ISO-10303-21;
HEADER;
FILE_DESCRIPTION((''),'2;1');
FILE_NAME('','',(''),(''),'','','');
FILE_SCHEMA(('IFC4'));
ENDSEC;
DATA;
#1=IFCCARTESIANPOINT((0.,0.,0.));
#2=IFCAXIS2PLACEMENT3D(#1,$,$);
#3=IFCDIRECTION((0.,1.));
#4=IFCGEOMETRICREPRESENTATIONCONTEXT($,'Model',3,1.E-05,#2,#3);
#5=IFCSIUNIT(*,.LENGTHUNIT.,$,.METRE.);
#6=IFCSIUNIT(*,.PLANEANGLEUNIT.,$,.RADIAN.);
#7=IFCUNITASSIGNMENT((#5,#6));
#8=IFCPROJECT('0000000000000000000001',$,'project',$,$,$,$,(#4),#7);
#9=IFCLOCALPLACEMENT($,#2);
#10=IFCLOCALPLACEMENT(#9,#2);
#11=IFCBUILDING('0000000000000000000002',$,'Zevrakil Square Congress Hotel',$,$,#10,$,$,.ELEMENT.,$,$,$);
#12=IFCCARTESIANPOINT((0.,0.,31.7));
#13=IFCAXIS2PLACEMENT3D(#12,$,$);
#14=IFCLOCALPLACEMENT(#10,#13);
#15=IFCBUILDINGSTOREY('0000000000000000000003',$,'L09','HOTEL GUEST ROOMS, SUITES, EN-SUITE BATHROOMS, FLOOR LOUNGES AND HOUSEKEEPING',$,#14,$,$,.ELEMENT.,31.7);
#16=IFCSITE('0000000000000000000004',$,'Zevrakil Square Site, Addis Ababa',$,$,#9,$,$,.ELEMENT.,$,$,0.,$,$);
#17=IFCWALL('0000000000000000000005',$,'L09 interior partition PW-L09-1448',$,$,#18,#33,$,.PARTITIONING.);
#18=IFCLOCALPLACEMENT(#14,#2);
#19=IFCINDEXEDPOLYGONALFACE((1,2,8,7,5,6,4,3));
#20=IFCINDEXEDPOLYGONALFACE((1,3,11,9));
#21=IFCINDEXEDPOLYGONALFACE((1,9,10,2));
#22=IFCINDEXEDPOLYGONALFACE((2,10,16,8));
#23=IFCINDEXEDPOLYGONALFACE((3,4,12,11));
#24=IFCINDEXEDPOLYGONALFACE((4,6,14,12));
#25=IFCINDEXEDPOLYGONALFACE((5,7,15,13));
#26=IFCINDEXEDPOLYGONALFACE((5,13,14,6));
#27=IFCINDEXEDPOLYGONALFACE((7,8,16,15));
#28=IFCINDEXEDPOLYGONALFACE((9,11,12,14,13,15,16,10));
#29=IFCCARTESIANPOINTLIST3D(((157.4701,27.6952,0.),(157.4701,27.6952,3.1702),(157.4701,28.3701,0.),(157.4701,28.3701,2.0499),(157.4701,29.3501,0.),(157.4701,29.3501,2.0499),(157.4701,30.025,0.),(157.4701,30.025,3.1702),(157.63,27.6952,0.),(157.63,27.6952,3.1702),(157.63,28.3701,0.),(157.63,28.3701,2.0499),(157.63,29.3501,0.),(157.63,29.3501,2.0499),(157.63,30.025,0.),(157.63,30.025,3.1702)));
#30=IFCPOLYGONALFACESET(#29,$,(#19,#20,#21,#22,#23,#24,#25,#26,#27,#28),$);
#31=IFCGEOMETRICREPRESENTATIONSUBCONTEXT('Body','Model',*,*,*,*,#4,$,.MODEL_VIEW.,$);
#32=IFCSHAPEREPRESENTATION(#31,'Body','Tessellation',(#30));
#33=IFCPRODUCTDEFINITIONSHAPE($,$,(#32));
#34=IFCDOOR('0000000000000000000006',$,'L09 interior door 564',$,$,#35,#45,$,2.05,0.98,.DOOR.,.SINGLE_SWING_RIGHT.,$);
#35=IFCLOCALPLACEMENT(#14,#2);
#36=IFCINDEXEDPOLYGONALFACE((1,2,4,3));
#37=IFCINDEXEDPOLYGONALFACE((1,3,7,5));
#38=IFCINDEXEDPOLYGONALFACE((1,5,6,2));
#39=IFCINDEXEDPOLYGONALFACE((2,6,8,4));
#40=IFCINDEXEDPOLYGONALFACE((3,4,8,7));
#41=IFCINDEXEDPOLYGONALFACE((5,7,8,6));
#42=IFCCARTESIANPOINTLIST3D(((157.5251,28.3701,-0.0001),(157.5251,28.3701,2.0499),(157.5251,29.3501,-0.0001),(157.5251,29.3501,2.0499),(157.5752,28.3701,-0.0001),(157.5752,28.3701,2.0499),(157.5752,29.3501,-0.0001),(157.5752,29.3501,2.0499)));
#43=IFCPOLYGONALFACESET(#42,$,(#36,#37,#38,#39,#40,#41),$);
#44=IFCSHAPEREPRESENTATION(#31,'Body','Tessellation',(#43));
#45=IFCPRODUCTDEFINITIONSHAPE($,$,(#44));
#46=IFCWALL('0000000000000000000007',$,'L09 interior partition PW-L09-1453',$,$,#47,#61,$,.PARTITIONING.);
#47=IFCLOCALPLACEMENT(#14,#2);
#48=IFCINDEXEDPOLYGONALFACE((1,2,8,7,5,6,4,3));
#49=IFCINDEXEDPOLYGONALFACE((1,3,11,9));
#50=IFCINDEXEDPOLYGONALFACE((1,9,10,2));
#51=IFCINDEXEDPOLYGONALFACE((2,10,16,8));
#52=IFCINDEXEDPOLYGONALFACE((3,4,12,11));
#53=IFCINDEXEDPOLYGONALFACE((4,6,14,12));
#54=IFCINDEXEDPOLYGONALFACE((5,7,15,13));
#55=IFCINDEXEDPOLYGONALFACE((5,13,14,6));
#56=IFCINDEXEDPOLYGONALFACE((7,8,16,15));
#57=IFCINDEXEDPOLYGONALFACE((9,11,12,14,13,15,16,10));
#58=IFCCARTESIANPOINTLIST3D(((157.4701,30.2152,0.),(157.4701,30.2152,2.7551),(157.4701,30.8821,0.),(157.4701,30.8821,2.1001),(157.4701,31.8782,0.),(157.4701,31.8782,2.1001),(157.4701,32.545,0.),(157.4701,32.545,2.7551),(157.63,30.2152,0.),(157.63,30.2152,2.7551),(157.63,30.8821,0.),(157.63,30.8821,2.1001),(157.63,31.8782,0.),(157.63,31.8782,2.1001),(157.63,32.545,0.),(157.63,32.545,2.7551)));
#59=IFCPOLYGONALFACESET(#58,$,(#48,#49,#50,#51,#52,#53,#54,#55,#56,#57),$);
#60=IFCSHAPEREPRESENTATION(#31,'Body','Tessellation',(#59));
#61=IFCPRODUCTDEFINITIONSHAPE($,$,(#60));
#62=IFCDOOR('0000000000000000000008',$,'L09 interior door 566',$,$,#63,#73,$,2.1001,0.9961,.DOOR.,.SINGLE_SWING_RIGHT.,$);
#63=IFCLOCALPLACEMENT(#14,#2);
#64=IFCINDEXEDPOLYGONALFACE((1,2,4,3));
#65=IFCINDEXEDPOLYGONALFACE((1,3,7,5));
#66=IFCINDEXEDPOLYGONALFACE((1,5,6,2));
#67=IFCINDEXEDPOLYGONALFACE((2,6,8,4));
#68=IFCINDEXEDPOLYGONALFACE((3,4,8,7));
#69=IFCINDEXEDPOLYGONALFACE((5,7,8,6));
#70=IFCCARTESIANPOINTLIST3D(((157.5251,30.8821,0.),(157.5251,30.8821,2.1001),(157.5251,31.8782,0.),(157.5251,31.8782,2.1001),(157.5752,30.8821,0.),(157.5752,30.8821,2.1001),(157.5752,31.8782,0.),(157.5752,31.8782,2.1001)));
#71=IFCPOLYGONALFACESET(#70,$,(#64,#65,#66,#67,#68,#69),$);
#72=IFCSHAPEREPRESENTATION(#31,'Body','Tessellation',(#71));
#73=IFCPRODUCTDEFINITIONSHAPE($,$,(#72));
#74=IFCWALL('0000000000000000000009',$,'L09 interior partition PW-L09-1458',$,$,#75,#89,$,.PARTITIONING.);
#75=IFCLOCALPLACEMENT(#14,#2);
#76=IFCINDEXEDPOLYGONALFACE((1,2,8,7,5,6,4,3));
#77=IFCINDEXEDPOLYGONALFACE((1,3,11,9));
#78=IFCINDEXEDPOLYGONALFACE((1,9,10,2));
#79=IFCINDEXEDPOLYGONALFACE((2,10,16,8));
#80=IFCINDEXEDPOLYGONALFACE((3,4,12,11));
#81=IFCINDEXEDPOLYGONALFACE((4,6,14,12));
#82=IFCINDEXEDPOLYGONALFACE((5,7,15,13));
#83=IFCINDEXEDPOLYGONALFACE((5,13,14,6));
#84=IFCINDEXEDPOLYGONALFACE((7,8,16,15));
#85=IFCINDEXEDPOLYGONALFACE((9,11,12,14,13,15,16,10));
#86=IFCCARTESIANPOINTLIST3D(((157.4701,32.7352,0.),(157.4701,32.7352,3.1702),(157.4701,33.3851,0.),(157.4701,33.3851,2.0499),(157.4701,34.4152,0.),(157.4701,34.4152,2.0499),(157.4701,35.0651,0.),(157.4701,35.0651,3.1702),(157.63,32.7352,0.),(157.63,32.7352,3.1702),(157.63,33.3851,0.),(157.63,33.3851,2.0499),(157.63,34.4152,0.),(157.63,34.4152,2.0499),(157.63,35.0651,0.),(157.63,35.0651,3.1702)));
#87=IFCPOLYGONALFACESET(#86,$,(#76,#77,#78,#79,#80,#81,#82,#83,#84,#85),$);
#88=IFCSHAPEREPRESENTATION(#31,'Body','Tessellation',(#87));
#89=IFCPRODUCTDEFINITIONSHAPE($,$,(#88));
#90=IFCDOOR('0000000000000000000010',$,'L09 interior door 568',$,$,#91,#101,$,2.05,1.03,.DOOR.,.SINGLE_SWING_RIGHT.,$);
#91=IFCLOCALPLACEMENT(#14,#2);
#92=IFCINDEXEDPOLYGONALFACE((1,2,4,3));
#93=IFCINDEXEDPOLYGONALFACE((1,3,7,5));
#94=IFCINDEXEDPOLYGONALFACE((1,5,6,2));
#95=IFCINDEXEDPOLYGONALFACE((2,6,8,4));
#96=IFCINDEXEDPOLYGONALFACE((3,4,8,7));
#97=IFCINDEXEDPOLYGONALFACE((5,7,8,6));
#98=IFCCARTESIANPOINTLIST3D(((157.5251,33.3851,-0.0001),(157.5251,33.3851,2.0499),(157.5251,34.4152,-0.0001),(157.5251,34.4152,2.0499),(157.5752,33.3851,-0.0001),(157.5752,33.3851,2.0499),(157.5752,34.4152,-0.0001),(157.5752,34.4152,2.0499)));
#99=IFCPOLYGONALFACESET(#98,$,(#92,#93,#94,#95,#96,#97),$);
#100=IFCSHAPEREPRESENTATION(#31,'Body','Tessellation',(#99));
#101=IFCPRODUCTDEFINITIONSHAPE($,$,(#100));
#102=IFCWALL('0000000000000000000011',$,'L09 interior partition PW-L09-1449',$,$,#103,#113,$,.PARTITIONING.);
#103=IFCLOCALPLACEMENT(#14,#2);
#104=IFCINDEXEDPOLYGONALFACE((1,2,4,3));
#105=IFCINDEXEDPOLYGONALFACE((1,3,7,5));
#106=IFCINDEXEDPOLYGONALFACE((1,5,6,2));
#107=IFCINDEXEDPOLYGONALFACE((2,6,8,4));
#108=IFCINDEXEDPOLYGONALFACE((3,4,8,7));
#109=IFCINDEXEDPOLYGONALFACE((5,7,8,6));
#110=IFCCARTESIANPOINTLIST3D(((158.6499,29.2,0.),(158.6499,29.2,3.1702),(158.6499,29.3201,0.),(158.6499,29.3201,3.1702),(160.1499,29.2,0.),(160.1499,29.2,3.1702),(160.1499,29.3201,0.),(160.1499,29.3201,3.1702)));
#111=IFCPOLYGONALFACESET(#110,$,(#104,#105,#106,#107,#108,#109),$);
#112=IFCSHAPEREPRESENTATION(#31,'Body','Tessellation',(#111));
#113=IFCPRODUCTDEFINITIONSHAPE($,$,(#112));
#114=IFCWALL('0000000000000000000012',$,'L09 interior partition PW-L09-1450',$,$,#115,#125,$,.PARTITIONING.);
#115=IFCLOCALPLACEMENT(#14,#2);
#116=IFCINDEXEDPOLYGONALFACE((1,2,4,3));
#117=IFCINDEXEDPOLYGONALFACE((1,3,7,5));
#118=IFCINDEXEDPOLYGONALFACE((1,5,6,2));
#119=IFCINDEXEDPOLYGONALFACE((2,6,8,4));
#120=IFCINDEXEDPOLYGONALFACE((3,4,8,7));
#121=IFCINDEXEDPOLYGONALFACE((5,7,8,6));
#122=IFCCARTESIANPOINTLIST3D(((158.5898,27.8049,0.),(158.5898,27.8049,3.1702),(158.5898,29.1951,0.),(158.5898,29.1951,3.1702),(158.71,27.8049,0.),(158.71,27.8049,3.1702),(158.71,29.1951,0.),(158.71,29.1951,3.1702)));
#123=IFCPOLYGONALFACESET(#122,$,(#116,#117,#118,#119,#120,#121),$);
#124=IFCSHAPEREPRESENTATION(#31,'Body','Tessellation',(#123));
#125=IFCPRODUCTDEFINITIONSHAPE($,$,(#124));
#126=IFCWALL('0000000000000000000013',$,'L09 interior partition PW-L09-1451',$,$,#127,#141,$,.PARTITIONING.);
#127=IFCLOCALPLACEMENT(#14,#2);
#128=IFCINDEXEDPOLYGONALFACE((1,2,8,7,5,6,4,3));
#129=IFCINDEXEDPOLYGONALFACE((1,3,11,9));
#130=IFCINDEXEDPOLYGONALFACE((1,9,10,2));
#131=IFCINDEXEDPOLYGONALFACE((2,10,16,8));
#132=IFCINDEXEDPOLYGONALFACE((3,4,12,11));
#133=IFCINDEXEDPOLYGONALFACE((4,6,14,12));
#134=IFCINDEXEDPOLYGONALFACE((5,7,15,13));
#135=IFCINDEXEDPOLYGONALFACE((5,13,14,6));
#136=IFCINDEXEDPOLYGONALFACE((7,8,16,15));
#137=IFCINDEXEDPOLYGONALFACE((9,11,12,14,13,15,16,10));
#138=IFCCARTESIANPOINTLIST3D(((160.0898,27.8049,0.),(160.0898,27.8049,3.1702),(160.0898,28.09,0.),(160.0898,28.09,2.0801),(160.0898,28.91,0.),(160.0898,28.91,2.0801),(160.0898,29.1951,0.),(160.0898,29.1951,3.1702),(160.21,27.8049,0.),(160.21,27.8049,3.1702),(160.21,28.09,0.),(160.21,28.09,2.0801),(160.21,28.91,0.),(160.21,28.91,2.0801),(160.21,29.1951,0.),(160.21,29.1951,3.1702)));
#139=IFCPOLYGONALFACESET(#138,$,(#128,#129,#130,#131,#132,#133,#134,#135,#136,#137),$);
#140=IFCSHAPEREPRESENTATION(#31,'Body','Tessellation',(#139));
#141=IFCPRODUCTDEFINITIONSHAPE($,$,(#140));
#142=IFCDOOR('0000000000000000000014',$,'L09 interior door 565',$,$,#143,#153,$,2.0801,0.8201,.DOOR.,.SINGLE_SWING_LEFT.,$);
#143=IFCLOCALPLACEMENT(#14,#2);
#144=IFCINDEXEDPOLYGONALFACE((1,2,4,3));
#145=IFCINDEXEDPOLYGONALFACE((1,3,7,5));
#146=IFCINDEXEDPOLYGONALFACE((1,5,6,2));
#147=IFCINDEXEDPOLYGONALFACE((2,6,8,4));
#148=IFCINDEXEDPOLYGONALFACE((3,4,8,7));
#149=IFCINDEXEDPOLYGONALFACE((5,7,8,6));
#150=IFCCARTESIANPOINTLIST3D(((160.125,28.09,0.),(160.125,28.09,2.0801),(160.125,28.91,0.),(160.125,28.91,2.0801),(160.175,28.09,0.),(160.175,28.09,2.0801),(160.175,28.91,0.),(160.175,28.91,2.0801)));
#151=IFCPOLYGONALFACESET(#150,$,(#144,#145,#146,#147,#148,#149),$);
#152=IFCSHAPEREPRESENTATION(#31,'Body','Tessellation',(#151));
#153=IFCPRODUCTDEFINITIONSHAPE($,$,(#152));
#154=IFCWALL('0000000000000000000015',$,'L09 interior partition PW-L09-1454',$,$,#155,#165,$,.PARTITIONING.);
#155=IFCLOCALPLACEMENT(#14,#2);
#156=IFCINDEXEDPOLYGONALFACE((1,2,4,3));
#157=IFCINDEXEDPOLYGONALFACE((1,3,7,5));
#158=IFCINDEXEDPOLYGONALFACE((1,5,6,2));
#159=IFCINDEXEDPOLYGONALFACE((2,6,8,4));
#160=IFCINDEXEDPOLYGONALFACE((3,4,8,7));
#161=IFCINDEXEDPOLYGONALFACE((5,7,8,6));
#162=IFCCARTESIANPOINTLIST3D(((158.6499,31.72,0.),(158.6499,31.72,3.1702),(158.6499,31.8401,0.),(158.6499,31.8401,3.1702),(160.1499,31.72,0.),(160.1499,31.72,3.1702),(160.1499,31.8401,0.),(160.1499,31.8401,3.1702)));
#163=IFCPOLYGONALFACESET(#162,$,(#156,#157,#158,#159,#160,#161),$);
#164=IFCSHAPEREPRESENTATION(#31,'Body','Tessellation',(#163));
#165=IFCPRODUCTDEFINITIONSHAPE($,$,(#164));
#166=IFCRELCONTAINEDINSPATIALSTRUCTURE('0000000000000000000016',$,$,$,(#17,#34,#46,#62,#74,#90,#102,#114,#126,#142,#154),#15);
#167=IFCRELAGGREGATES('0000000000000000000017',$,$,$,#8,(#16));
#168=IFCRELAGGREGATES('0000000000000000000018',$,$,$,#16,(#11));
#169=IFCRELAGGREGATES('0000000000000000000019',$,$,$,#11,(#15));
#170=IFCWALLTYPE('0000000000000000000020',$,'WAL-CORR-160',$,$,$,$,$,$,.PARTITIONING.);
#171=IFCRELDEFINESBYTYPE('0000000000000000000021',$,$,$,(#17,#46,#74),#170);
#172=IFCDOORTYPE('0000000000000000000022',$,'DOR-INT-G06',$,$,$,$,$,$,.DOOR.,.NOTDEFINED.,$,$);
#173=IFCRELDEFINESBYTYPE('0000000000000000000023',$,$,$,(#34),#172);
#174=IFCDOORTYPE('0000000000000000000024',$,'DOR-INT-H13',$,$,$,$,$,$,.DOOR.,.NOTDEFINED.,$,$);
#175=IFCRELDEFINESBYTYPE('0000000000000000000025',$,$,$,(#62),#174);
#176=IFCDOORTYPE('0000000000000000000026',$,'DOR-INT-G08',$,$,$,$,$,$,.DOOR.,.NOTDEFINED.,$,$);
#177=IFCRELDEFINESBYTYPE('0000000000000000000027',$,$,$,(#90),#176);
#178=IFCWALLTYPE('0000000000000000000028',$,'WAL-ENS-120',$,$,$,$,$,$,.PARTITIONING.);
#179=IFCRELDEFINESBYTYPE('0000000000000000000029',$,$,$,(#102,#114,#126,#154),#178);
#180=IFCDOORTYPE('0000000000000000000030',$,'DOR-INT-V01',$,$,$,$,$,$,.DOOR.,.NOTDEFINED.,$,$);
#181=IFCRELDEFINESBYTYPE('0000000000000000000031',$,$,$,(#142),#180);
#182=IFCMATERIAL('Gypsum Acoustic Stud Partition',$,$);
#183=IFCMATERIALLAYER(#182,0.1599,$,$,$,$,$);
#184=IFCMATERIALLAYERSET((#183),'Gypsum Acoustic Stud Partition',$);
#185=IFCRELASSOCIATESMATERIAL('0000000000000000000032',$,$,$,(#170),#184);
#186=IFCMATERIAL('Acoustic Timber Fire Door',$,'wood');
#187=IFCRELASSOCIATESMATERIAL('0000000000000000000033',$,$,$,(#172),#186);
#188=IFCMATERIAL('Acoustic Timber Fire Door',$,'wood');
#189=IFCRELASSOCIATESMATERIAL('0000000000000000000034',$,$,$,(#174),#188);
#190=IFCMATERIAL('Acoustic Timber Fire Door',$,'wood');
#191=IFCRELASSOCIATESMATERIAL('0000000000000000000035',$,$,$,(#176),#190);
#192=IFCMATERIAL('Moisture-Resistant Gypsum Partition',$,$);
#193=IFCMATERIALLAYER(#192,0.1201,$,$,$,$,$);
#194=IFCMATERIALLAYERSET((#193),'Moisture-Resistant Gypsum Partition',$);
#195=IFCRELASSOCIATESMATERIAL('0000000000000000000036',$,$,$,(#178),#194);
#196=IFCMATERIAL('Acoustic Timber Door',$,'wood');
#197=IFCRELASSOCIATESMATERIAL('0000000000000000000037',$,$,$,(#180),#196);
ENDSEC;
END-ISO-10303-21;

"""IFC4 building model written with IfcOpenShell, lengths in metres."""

from ifc_helpers import new_model, si_unit, direction, frame, frame_2d, origin, place, context, subcontext, project, spatial, rectangle, extrude, material, layer, layer_set, type_object, element, fill, save


model = new_model("IFC4")

# Units and contexts
model_context = context("Model", 3, precision=1e-05, world=origin(), true_north=direction((0.0, 1.0)))
body_context = subcontext(model_context, "Body", "Model", "MODEL_VIEW")
ifc_project = project(units=[si_unit("LENGTHUNIT", "METRE"), si_unit("PLANEANGLEUNIT", "RADIAN")], contexts=[model_context])

# Site, building, storey
site_placement = place(None, origin())
site = spatial("IfcSite", under=ifc_project, at=site_placement, Name="Zevrakil Square Site, Addis Ababa", CompositionType="ELEMENT", RefElevation=0.0)
building_placement = place(site_placement, origin())
building = spatial("IfcBuilding", under=site, at=building_placement, Name="Zevrakil Square Congress Hotel", CompositionType="ELEMENT")
storey_placement = place(building_placement, frame((0.0, 0.0, 31.7)))
storey = spatial("IfcBuildingStorey", under=building, at=storey_placement, Name="L09", Description="HOTEL GUEST ROOMS, SUITES, EN-SUITE BATHROOMS, FLOOR LOUNGES AND HOUSEKEEPING", CompositionType="ELEMENT", Elevation=31.7)

# Walls, openings, doors
ifc_material_1 = material(Name="Gypsum Acoustic Stud Partition")
ifc_layer_1 = layer(ifc_material_1, 0.1599)
ifc_layer_set_1 = layer_set([ifc_layer_1], Name="Gypsum Acoustic Stud Partition")
wall_type_1 = type_object("IfcWallType", Name="WAL-CORR-160", PredefinedType="PARTITIONING", material=ifc_layer_set_1)
wall_1_placement = place(storey_placement, frame((157.55, 27.6951, 0.0), z_axis=(0.0, 0.0, 1.0), x_axis=(0.0, 1.0, 0.0)))
wall_1 = element("IfcWall", 1, at=wall_1_placement, inside=storey, type_object=wall_type_1, Name="L09 interior partition PW-L09-1448", PredefinedType="PARTITIONING", context=body_context, shape_type="SweptSolid", body=[
    extrude(rectangle(XDim=2.3298, YDim=0.1599, at=frame_2d((1.165, 0.0))), origin(), (0.0, 0.0, 1.0), 3.1702),
])
opening_1_placement = place(wall_1_placement, frame((0.675, 0.0, 0.0)))
opening_1 = element("IfcOpeningElement", 2, at=opening_1_placement, cuts=wall_1, PredefinedType="OPENING", context=body_context, shape_type="SweptSolid", body=[
    extrude(rectangle(XDim=0.98, YDim=2.05, at=frame_2d((0.49, 1.0249))), frame((0.0, 0.0898, 0.0), z_axis=(0.0, -1.0, 0.0), x_axis=(1.0, 0.0, 0.0)), (0.0, 0.0, 1.0), 0.1799),
])
ifc_material_2 = material(Name="Acoustic Timber Fire Door", Category="wood")
door_type_1 = type_object("IfcDoorType", Name="DOR-INT-G06", OperationType="NOTDEFINED", PredefinedType="DOOR", material=ifc_material_2)
door_1_placement = place(opening_1_placement, origin())
door_1 = element("IfcDoor", 3, at=door_1_placement, inside=storey, type_object=door_type_1, Name="L09 interior door 564", OperationType="SINGLE_SWING_RIGHT", OverallHeight=2.05, OverallWidth=0.98, PredefinedType="DOOR", context=body_context, shape_type="SweptSolid", body=[
    extrude(rectangle(XDim=0.98, YDim=2.05, at=frame_2d((0.49, 1.0249))), frame((0.0, 0.0249, 0.0), z_axis=(0.0, -1.0, 0.0), x_axis=(1.0, 0.0, 0.0)), (0.0, 0.0, 1.0), 0.05),
])
fill(opening_1, door_1)
wall_2_placement = place(storey_placement, frame((157.55, 30.2151, 0.0), z_axis=(0.0, 0.0, 1.0), x_axis=(0.0, 1.0, 0.0)))
wall_2 = element("IfcWall", 4, at=wall_2_placement, inside=storey, type_object=wall_type_1, Name="L09 interior partition PW-L09-1453", PredefinedType="PARTITIONING", context=body_context, shape_type="SweptSolid", body=[
    extrude(rectangle(XDim=2.3298, YDim=0.1599, at=frame_2d((1.165, 0.0))), origin(), (0.0, 0.0, 1.0), 2.7551),
])
opening_2_placement = place(wall_2_placement, frame((0.667, 0.0, 0.0)))
opening_2 = element("IfcOpeningElement", 5, at=opening_2_placement, cuts=wall_2, PredefinedType="OPENING", context=body_context, shape_type="SweptSolid", body=[
    extrude(rectangle(XDim=0.9961, YDim=2.1001, at=frame_2d((0.498, 1.05))), frame((0.0, 0.0898, 0.0), z_axis=(0.0, -1.0, 0.0), x_axis=(1.0, 0.0, 0.0)), (0.0, 0.0, 1.0), 0.1799),
])
ifc_material_3 = material(Name="Acoustic Timber Fire Door", Category="wood")
door_type_2 = type_object("IfcDoorType", Name="DOR-INT-H13", OperationType="NOTDEFINED", PredefinedType="DOOR", material=ifc_material_3)
door_2_placement = place(opening_2_placement, origin())
door_2 = element("IfcDoor", 6, at=door_2_placement, inside=storey, type_object=door_type_2, Name="L09 interior door 566", OperationType="SINGLE_SWING_RIGHT", OverallHeight=2.1001, OverallWidth=0.9961, PredefinedType="DOOR", context=body_context, shape_type="SweptSolid", body=[
    extrude(rectangle(XDim=0.9961, YDim=2.1001, at=frame_2d((0.498, 1.05))), frame((0.0, 0.0249, 0.0), z_axis=(0.0, -1.0, 0.0), x_axis=(1.0, 0.0, 0.0)), (0.0, 0.0, 1.0), 0.05),
])
fill(opening_2, door_2)
wall_3_placement = place(storey_placement, frame((157.55, 32.7351, 0.0), z_axis=(0.0, 0.0, 1.0), x_axis=(0.0, 1.0, 0.0)))
wall_3 = element("IfcWall", 7, at=wall_3_placement, inside=storey, type_object=wall_type_1, Name="L09 interior partition PW-L09-1458", PredefinedType="PARTITIONING", context=body_context, shape_type="SweptSolid", body=[
    extrude(rectangle(XDim=2.3298, YDim=0.1599, at=frame_2d((1.165, 0.0))), origin(), (0.0, 0.0, 1.0), 3.1702),
])
opening_3_placement = place(wall_3_placement, frame((0.6499, 0.0, 0.0)))
opening_3 = element("IfcOpeningElement", 8, at=opening_3_placement, cuts=wall_3, PredefinedType="OPENING", context=body_context, shape_type="SweptSolid", body=[
    extrude(rectangle(XDim=1.03, YDim=2.05, at=frame_2d((0.5151, 1.0249))), frame((0.0, 0.0898, 0.0), z_axis=(0.0, -1.0, 0.0), x_axis=(1.0, 0.0, 0.0)), (0.0, 0.0, 1.0), 0.1799),
])
ifc_material_4 = material(Name="Acoustic Timber Fire Door", Category="wood")
door_type_3 = type_object("IfcDoorType", Name="DOR-INT-G08", OperationType="NOTDEFINED", PredefinedType="DOOR", material=ifc_material_4)
door_3_placement = place(opening_3_placement, origin())
door_3 = element("IfcDoor", 9, at=door_3_placement, inside=storey, type_object=door_type_3, Name="L09 interior door 568", OperationType="SINGLE_SWING_RIGHT", OverallHeight=2.05, OverallWidth=1.03, PredefinedType="DOOR", context=body_context, shape_type="SweptSolid", body=[
    extrude(rectangle(XDim=1.03, YDim=2.05, at=frame_2d((0.5151, 1.0249))), frame((0.0, 0.0249, 0.0), z_axis=(0.0, -1.0, 0.0), x_axis=(1.0, 0.0, 0.0)), (0.0, 0.0, 1.0), 0.05),
])
fill(opening_3, door_3)

# Walls
ifc_material_5 = material(Name="Moisture-Resistant Gypsum Partition")
ifc_layer_2 = layer(ifc_material_5, 0.1201)
ifc_layer_set_2 = layer_set([ifc_layer_2], Name="Moisture-Resistant Gypsum Partition")
wall_type_2 = type_object("IfcWallType", Name="WAL-ENS-120", PredefinedType="PARTITIONING", material=ifc_layer_set_2)
wall_4_placement = place(storey_placement, frame((158.6499, 29.26, 0.0), z_axis=(0.0, 0.0, 1.0), x_axis=(1.0, 0.0, 0.0)))
element("IfcWall", 10, at=wall_4_placement, inside=storey, type_object=wall_type_2, Name="L09 interior partition PW-L09-1449", PredefinedType="PARTITIONING", context=body_context, shape_type="SweptSolid", body=[
    extrude(rectangle(XDim=1.5, YDim=0.1201, at=frame_2d((0.75, 0.0))), origin(), (0.0, 0.0, 1.0), 3.1702),
])
wall_5_placement = place(storey_placement, frame((158.6499, 27.8049, 0.0), z_axis=(0.0, 0.0, 1.0), x_axis=(0.0, 1.0, 0.0)))
element("IfcWall", 11, at=wall_5_placement, inside=storey, type_object=wall_type_2, Name="L09 interior partition PW-L09-1450", PredefinedType="PARTITIONING", context=body_context, shape_type="SweptSolid", body=[
    extrude(rectangle(XDim=1.3901, YDim=0.1201, at=frame_2d((0.6951, 0.0))), origin(), (0.0, 0.0, 1.0), 3.1702),
])

# Wall, opening, door
wall_6_placement = place(storey_placement, frame((160.1499, 27.8049, 0.0), z_axis=(0.0, 0.0, 1.0), x_axis=(0.0, 1.0, 0.0)))
wall_6 = element("IfcWall", 12, at=wall_6_placement, inside=storey, type_object=wall_type_2, Name="L09 interior partition PW-L09-1451", PredefinedType="PARTITIONING", context=body_context, shape_type="SweptSolid", body=[
    extrude(rectangle(XDim=1.3901, YDim=0.1201, at=frame_2d((0.6951, 0.0))), origin(), (0.0, 0.0, 1.0), 3.1702),
])
opening_4_placement = place(wall_6_placement, frame((0.2849, 0.0, 0.0)))
opening_4 = element("IfcOpeningElement", 13, at=opening_4_placement, cuts=wall_6, PredefinedType="OPENING", context=body_context, shape_type="SweptSolid", body=[
    extrude(rectangle(XDim=0.8201, YDim=2.0801, at=frame_2d((0.4102, 1.04))), frame((0.0, 0.0701, 0.0), z_axis=(0.0, -1.0, 0.0), x_axis=(1.0, 0.0, 0.0)), (0.0, 0.0, 1.0), 0.1401),
])
ifc_material_6 = material(Name="Acoustic Timber Door", Category="wood")
door_type_4 = type_object("IfcDoorType", Name="DOR-INT-V01", OperationType="NOTDEFINED", PredefinedType="DOOR", material=ifc_material_6)
door_4_placement = place(opening_4_placement, origin())
door_4 = element("IfcDoor", 14, at=door_4_placement, inside=storey, type_object=door_type_4, Name="L09 interior door 565", OperationType="SINGLE_SWING_LEFT", OverallHeight=2.0801, OverallWidth=0.8201, PredefinedType="DOOR", context=body_context, shape_type="SweptSolid", body=[
    extrude(rectangle(XDim=0.8201, YDim=2.0801, at=frame_2d((0.4102, 1.04))), frame((0.0, 0.0249, 0.0), z_axis=(0.0, -1.0, 0.0), x_axis=(1.0, 0.0, 0.0)), (0.0, 0.0, 1.0), 0.05),
])
fill(opening_4, door_4)

# Wall
wall_7_placement = place(storey_placement, frame((158.6499, 31.78, 0.0), z_axis=(0.0, 0.0, 1.0), x_axis=(1.0, 0.0, 0.0)))
element("IfcWall", 15, at=wall_7_placement, inside=storey, type_object=wall_type_2, Name="L09 interior partition PW-L09-1454", PredefinedType="PARTITIONING", context=body_context, shape_type="SweptSolid", body=[
    extrude(rectangle(XDim=1.5, YDim=0.1201, at=frame_2d((0.75, 0.0))), origin(), (0.0, 0.0, 1.0), 3.1702),
])

save(model, "model.ifc")
